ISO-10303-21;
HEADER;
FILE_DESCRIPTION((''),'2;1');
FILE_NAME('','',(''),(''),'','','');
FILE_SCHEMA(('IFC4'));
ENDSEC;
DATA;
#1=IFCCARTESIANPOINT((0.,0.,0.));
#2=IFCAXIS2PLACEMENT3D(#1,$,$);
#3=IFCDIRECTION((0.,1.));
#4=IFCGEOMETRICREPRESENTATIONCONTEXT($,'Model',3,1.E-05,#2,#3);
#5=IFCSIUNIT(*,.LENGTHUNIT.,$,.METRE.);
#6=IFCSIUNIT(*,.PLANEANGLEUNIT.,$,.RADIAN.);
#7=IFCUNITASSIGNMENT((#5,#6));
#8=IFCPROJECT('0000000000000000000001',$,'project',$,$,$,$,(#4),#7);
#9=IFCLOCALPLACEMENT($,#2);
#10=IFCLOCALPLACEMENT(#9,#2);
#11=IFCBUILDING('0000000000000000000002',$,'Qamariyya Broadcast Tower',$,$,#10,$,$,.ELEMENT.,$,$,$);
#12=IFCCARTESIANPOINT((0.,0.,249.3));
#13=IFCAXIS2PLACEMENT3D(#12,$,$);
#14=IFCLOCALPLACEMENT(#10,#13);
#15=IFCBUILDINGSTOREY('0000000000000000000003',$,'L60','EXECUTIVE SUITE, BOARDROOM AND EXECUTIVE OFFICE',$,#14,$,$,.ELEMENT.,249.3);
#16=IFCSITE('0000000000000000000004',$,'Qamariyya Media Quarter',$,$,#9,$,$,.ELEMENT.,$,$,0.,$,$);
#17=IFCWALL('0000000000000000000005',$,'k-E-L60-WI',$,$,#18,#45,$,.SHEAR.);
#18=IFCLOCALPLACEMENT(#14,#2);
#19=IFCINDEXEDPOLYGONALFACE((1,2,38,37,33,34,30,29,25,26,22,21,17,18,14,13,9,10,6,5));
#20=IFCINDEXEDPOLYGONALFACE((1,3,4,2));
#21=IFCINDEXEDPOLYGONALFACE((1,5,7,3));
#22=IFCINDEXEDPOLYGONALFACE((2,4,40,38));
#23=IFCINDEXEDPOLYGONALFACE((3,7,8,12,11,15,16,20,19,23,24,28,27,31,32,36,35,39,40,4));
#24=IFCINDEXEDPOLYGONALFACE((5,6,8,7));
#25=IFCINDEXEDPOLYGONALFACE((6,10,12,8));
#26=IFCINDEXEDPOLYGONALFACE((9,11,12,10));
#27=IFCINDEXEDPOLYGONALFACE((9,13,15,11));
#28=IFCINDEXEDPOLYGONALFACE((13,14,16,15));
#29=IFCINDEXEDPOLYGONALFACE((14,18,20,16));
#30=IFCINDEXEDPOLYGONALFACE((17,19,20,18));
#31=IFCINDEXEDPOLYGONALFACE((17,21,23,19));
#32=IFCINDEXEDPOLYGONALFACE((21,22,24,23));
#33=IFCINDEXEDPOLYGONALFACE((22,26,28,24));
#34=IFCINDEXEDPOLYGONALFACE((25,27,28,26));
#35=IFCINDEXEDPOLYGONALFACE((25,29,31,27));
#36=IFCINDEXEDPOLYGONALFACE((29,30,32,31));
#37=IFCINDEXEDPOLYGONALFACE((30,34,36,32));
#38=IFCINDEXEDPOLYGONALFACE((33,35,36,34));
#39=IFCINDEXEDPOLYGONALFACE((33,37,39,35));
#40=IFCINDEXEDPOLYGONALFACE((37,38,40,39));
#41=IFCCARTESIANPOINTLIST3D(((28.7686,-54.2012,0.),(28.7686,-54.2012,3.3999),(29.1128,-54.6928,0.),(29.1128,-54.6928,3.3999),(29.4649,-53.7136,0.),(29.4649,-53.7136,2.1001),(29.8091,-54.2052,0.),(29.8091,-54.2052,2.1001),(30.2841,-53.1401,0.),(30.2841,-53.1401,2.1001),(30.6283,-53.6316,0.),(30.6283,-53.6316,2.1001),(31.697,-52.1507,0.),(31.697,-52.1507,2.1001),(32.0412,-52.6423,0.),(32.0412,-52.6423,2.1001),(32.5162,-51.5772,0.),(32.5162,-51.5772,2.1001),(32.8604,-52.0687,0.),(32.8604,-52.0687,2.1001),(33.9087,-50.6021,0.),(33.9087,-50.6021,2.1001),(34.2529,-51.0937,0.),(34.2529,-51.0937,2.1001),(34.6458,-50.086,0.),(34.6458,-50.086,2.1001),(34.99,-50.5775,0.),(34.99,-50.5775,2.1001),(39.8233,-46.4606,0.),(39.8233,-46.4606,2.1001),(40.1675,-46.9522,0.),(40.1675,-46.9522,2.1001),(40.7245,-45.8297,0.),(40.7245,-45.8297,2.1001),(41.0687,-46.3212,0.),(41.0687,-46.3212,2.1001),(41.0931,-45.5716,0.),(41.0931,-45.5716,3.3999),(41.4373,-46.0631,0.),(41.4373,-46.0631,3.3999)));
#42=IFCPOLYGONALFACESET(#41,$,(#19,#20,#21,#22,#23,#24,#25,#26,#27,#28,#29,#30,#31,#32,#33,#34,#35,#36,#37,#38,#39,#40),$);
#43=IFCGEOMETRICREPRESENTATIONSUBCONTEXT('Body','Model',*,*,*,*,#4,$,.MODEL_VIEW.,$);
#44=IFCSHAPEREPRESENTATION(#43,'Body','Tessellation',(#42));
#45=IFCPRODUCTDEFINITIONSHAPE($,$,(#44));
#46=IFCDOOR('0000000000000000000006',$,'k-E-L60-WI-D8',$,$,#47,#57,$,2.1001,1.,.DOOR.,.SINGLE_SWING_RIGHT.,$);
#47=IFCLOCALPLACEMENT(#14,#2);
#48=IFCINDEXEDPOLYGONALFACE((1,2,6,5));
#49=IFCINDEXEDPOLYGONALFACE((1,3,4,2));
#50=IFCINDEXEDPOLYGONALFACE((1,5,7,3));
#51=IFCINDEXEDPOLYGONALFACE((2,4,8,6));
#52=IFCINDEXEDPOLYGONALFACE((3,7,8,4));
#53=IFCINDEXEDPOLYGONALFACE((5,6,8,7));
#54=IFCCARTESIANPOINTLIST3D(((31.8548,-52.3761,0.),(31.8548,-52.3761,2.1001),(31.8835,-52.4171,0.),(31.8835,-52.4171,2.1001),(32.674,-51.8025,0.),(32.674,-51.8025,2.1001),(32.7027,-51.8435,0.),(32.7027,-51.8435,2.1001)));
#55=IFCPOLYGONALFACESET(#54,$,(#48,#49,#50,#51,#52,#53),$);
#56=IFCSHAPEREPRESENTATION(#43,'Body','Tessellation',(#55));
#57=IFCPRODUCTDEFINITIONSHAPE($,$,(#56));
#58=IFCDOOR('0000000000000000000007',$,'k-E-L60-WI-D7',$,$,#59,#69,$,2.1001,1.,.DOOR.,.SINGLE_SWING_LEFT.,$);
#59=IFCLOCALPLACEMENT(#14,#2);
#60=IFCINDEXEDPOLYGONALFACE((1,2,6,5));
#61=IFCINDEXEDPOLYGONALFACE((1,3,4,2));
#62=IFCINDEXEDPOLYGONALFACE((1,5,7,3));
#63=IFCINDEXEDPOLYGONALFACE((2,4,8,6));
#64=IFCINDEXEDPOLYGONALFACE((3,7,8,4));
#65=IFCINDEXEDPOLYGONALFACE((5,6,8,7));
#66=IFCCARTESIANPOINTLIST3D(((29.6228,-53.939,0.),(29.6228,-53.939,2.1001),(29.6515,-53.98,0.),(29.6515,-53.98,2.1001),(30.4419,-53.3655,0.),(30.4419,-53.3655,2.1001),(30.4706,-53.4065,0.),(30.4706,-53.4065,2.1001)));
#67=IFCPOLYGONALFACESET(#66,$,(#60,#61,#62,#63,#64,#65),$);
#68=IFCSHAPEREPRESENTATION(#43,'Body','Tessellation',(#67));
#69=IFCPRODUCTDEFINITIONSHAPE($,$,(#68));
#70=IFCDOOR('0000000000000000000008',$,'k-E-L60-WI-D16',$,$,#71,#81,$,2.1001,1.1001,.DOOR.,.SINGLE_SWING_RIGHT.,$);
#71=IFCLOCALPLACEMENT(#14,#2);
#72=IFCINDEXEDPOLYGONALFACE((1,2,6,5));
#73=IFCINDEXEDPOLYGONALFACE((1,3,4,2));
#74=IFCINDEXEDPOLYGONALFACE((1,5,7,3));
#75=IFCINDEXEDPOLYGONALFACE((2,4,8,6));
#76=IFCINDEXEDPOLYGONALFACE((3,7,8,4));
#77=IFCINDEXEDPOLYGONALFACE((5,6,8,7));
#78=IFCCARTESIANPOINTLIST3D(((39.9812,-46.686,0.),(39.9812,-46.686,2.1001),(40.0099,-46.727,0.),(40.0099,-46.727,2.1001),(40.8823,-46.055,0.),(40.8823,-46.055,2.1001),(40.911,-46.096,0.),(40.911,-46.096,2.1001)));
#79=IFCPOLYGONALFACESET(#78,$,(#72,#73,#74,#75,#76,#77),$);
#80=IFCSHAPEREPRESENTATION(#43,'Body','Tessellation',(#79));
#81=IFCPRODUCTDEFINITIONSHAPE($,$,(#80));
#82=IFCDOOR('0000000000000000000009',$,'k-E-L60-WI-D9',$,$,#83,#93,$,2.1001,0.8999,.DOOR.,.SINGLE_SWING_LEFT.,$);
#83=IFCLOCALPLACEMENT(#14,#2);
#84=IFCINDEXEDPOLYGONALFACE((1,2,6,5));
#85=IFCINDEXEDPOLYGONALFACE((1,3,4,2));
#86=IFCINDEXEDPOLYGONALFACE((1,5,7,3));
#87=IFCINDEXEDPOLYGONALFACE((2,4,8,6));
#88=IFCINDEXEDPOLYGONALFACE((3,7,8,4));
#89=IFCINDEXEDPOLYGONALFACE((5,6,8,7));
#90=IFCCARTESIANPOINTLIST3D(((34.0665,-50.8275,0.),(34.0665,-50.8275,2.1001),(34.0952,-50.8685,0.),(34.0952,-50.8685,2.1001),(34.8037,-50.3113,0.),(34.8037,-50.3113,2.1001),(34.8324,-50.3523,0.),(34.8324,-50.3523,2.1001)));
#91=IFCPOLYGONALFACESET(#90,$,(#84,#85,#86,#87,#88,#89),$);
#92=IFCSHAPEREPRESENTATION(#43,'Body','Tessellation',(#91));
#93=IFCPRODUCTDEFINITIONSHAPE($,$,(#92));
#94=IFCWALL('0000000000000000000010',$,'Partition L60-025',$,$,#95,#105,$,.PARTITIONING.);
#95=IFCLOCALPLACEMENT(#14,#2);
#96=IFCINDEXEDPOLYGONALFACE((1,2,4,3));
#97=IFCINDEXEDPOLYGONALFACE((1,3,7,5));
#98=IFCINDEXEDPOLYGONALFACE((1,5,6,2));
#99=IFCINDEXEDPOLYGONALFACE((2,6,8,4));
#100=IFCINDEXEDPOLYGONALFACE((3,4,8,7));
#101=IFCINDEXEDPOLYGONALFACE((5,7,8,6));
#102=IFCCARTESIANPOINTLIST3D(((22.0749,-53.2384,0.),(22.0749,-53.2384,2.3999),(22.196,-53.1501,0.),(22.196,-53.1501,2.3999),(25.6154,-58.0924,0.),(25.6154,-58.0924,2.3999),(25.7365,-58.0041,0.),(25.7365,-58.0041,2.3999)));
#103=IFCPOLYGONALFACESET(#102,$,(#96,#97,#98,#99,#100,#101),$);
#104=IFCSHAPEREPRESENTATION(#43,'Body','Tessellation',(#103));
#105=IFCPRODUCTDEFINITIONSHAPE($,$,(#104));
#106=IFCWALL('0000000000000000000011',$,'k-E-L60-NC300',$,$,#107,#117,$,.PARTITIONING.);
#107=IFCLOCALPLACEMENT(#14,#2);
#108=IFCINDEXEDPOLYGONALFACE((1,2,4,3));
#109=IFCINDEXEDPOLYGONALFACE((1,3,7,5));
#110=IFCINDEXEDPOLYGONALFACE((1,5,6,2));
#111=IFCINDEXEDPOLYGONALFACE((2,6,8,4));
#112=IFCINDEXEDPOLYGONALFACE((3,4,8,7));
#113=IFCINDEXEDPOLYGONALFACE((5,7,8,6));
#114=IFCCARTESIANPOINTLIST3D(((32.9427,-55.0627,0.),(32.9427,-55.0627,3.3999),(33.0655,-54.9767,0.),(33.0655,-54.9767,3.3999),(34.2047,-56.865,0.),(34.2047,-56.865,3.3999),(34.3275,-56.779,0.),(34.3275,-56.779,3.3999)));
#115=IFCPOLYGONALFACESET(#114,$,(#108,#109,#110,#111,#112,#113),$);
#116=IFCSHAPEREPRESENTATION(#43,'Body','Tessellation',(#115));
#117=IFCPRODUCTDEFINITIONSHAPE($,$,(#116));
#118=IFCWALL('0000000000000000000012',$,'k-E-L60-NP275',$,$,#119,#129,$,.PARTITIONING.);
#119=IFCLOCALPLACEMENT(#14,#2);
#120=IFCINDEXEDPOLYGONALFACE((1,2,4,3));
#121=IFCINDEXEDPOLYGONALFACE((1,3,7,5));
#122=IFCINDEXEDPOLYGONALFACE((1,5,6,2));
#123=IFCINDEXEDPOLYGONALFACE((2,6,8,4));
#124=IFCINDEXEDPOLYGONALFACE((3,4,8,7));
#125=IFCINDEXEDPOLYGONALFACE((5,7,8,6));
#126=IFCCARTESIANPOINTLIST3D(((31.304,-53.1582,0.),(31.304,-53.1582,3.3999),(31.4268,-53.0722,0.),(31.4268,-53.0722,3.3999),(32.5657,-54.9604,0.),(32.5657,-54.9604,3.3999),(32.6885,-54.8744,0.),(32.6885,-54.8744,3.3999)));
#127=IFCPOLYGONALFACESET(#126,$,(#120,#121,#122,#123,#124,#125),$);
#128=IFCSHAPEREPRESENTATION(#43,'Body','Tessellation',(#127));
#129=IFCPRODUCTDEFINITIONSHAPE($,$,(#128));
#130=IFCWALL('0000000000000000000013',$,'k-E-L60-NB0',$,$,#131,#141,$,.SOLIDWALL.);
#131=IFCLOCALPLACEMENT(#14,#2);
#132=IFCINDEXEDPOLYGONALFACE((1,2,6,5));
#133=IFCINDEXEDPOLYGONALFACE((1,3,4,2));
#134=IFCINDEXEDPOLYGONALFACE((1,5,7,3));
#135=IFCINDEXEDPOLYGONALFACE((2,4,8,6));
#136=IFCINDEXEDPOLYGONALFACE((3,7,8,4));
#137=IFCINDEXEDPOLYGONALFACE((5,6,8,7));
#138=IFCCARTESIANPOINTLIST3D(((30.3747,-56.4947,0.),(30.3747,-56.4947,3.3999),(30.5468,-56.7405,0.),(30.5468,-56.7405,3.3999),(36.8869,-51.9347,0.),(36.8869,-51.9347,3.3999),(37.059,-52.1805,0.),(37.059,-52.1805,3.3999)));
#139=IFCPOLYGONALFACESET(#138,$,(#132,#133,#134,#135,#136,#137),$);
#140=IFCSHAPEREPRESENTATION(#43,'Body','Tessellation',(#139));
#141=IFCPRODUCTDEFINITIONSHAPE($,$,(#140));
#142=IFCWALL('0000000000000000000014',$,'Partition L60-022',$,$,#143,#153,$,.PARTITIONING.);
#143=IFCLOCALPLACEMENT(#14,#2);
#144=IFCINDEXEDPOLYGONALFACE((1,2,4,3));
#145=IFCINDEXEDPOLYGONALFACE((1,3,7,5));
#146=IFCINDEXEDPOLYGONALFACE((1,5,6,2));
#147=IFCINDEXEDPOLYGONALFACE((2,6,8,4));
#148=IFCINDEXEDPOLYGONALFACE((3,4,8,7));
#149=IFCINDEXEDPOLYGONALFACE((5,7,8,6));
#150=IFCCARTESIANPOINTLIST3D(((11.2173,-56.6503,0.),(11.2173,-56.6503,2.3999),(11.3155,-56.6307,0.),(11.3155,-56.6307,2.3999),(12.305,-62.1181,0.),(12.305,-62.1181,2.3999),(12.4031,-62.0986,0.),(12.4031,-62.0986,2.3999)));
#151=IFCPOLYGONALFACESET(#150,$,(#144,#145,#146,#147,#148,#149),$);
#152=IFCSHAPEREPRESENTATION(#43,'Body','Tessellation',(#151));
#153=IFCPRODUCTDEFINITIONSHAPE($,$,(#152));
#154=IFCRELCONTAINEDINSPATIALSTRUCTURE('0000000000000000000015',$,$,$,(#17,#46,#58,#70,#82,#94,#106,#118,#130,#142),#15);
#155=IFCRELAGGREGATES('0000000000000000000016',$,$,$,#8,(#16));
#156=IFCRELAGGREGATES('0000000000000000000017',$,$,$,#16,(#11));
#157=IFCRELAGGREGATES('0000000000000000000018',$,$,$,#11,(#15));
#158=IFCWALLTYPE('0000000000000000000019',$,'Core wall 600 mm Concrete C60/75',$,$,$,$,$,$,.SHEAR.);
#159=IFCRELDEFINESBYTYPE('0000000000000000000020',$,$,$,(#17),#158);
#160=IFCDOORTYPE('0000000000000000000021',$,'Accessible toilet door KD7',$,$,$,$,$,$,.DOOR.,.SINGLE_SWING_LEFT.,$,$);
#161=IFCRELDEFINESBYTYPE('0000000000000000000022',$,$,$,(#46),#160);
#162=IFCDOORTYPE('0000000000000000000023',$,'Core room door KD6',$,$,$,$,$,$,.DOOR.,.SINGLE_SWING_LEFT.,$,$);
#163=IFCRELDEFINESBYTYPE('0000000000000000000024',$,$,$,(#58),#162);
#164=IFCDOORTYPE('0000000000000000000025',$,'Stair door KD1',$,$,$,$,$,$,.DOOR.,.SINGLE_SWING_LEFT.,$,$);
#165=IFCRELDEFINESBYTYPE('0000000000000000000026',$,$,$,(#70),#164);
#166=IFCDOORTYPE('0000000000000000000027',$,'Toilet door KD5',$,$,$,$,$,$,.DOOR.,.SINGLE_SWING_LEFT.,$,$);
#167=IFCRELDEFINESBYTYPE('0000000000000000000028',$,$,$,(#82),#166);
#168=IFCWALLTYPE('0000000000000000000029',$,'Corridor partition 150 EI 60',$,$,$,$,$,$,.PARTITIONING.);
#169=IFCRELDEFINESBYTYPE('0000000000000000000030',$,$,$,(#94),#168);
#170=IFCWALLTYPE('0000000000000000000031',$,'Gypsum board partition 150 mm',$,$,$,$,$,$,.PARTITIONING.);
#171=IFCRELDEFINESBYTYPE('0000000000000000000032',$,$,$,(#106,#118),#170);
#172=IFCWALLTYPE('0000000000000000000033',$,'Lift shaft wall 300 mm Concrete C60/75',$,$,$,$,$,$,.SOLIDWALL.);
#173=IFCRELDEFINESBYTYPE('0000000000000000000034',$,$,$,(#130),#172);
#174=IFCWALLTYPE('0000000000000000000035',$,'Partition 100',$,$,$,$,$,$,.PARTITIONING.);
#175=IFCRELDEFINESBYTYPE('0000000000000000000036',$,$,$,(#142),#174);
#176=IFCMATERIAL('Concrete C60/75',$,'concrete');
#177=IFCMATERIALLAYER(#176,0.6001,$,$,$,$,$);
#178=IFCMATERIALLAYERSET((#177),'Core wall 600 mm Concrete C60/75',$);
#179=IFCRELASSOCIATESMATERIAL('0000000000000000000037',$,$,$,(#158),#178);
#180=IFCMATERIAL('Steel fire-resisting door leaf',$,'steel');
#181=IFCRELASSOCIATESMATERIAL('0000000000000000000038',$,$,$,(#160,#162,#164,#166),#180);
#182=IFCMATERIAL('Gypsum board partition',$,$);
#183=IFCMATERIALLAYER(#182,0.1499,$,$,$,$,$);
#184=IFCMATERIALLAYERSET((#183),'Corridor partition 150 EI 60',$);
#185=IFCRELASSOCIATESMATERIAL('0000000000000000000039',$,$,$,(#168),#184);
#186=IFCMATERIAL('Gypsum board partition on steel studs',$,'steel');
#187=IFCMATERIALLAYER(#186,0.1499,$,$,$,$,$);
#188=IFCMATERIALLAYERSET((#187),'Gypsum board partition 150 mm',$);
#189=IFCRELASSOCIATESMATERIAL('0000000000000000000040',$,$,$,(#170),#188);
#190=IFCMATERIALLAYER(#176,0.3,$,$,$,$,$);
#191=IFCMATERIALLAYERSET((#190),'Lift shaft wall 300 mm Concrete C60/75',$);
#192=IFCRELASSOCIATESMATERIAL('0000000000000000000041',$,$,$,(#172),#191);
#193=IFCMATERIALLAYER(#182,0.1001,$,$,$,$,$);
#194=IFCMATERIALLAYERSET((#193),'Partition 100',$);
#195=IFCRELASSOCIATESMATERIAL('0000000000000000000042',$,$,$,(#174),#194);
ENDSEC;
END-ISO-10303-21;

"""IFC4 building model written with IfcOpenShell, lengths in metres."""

from ifc_helpers import new_model, si_unit, direction, frame, frame_2d, origin, place, context, subcontext, project, spatial, rectangle, extrude, material, layer, layer_set, type_object, element, fill, save


model = new_model("IFC4")

# Units and contexts
model_context = context("Model", 3, precision=1e-05, world=origin(), true_north=direction((0.0, 1.0)))
body_context = subcontext(model_context, "Body", "Model", "MODEL_VIEW")
ifc_project = project(units=[si_unit("LENGTHUNIT", "METRE"), si_unit("PLANEANGLEUNIT", "RADIAN")], contexts=[model_context])

# Site, building, storey
site_placement = place(None, origin())
site = spatial("IfcSite", under=ifc_project, at=site_placement, Name="Qamariyya Media Quarter", CompositionType="ELEMENT", RefElevation=0.0)
building_placement = place(site_placement, origin())
building = spatial("IfcBuilding", under=site, at=building_placement, Name="Qamariyya Broadcast Tower", CompositionType="ELEMENT")
storey_placement = place(building_placement, frame((0.0, 0.0, 249.3)))
storey = spatial("IfcBuildingStorey", under=building, at=storey_placement, Name="L60", Description="EXECUTIVE SUITE, BOARDROOM AND EXECUTIVE OFFICE", CompositionType="ELEMENT", Elevation=249.3)

# Shared definitions
ifc_material_1 = material(Name="Concrete C60/75", Category="concrete")

# Wall, openings, doors
ifc_layer_1 = layer(ifc_material_1, 0.6001)
ifc_layer_set_1 = layer_set([ifc_layer_1], Name="Core wall 600 mm Concrete C60/75")
wall_type_1 = type_object("IfcWallType", Name="Core wall 600 mm Concrete C60/75", PredefinedType="SHEAR", material=ifc_layer_set_1)
wall_1_placement = place(storey_placement, frame((28.9407, -54.447, 0.0), z_axis=(0.0, 0.0, 1.0), x_axis=(0.819153, 0.573575, 0.0)))
wall_1 = element("IfcWall", 1, at=wall_1_placement, inside=storey, type_object=wall_type_1, Name="k-E-L60-WI", PredefinedType="SHEAR", context=body_context, shape_type="SweptSolid", body=[
    extrude(rectangle(XDim=15.0454, YDim=0.6001, at=frame_2d((7.5227, 0.0))), origin(), (0.0, 0.0, 1.0), 3.3999),
])
opening_1_placement = place(wall_1_placement, frame((0.8501, 0.0, 0.0)))
opening_1 = element("IfcOpeningElement", 2, at=opening_1_placement, cuts=wall_1, PredefinedType="OPENING", context=body_context, shape_type="SweptSolid", body=[
    extrude(rectangle(XDim=1.0, YDim=2.1001, at=frame_2d((0.5, 1.05))), frame((0.0, 0.3101, 0.0), z_axis=(0.0, -1.0, 0.0), x_axis=(1.0, 0.0, 0.0)), (0.0, 0.0, 1.0), 0.6201),
])
opening_2_placement = place(wall_1_placement, frame((3.575, 0.0, 0.0)))
opening_2 = element("IfcOpeningElement", 3, at=opening_2_placement, cuts=wall_1, PredefinedType="OPENING", context=body_context, shape_type="SweptSolid", body=[
    extrude(rectangle(XDim=1.0, YDim=2.1001, at=frame_2d((0.5, 1.05))), frame((0.0, 0.3101, 0.0), z_axis=(0.0, -1.0, 0.0), x_axis=(1.0, 0.0, 0.0)), (0.0, 0.0, 1.0), 0.6201),
])
opening_3_placement = place(wall_1_placement, frame((6.2749, 0.0, 0.0)))
opening_3 = element("IfcOpeningElement", 4, at=opening_3_placement, cuts=wall_1, PredefinedType="OPENING", context=body_context, shape_type="SweptSolid", body=[
    extrude(rectangle(XDim=0.8999, YDim=2.1001, at=frame_2d((0.45, 1.05))), frame((0.0, 0.3101, 0.0), z_axis=(0.0, -1.0, 0.0), x_axis=(1.0, 0.0, 0.0)), (0.0, 0.0, 1.0), 0.6201),
])
opening_4_placement = place(wall_1_placement, frame((13.4954, 0.0, 0.0)))
opening_4 = element("IfcOpeningElement", 5, at=opening_4_placement, cuts=wall_1, PredefinedType="OPENING", context=body_context, shape_type="SweptSolid", body=[
    extrude(rectangle(XDim=1.1001, YDim=2.1001, at=frame_2d((0.55, 1.05))), frame((0.0, 0.3101, 0.0), z_axis=(0.0, -1.0, 0.0), x_axis=(1.0, 0.0, 0.0)), (0.0, 0.0, 1.0), 0.6201),
])
ifc_material_2 = material(Name="Steel fire-resisting door leaf", Category="steel")
door_type_1 = type_object("IfcDoorType", Name="Accessible toilet door KD7", OperationType="SINGLE_SWING_LEFT", PredefinedType="DOOR", material=ifc_material_2)
door_1_placement = place(opening_2_placement, origin())
door_1 = element("IfcDoor", 6, at=door_1_placement, inside=storey, type_object=door_type_1, Name="k-E-L60-WI-D8", OperationType="SINGLE_SWING_RIGHT", OverallHeight=2.1001, OverallWidth=1.0, PredefinedType="DOOR", context=body_context, shape_type="SweptSolid", body=[
    extrude(rectangle(XDim=1.0, YDim=2.1001, at=frame_2d((0.5, 1.05))), frame((0.0, 0.0249, 0.0), z_axis=(0.0, -1.0, 0.0), x_axis=(1.0, 0.0, 0.0)), (0.0, 0.0, 1.0), 0.05),
])
fill(opening_2, door_1)
door_type_2 = type_object("IfcDoorType", Name="Core room door KD6", OperationType="SINGLE_SWING_LEFT", PredefinedType="DOOR", material=ifc_material_2)
door_2_placement = place(opening_1_placement, origin())
door_2 = element("IfcDoor", 7, at=door_2_placement, inside=storey, type_object=door_type_2, Name="k-E-L60-WI-D7", OperationType="SINGLE_SWING_LEFT", OverallHeight=2.1001, OverallWidth=1.0, PredefinedType="DOOR", context=body_context, shape_type="SweptSolid", body=[
    extrude(rectangle(XDim=1.0, YDim=2.1001, at=frame_2d((0.5, 1.05))), frame((0.0, 0.0249, 0.0), z_axis=(0.0, -1.0, 0.0), x_axis=(1.0, 0.0, 0.0)), (0.0, 0.0, 1.0), 0.05),
])
fill(opening_1, door_2)
door_type_3 = type_object("IfcDoorType", Name="Stair door KD1", OperationType="SINGLE_SWING_LEFT", PredefinedType="DOOR", material=ifc_material_2)
door_3_placement = place(opening_4_placement, origin())
door_3 = element("IfcDoor", 8, at=door_3_placement, inside=storey, type_object=door_type_3, Name="k-E-L60-WI-D16", OperationType="SINGLE_SWING_RIGHT", OverallHeight=2.1001, OverallWidth=1.1001, PredefinedType="DOOR", context=body_context, shape_type="SweptSolid", body=[
    extrude(rectangle(XDim=1.1001, YDim=2.1001, at=frame_2d((0.55, 1.05))), frame((0.0, 0.0249, 0.0), z_axis=(0.0, -1.0, 0.0), x_axis=(1.0, 0.0, 0.0)), (0.0, 0.0, 1.0), 0.05),
])
fill(opening_4, door_3)
door_type_4 = type_object("IfcDoorType", Name="Toilet door KD5", OperationType="SINGLE_SWING_LEFT", PredefinedType="DOOR", material=ifc_material_2)
door_4_placement = place(opening_3_placement, origin())
door_4 = element("IfcDoor", 9, at=door_4_placement, inside=storey, type_object=door_type_4, Name="k-E-L60-WI-D9", OperationType="SINGLE_SWING_LEFT", OverallHeight=2.1001, OverallWidth=0.8999, PredefinedType="DOOR", context=body_context, shape_type="SweptSolid", body=[
    extrude(rectangle(XDim=0.8999, YDim=2.1001, at=frame_2d((0.45, 1.05))), frame((0.0, 0.0249, 0.0), z_axis=(0.0, -1.0, 0.0), x_axis=(1.0, 0.0, 0.0)), (0.0, 0.0, 1.0), 0.05),
])
fill(opening_3, door_4)

# Walls
ifc_material_3 = material(Name="Gypsum board partition")
ifc_layer_2 = layer(ifc_material_3, 0.1499)
ifc_layer_set_2 = layer_set([ifc_layer_2], Name="Corridor partition 150 EI 60")
wall_type_2 = type_object("IfcWallType", Name="Corridor partition 150 EI 60", PredefinedType="PARTITIONING", material=ifc_layer_set_2)
wall_2_placement = place(storey_placement, frame((22.1355, -53.1943, 0.0), z_axis=(0.0, 0.0, 1.0), x_axis=(0.589297, -0.807916, 0.0)))
element("IfcWall", 10, at=wall_2_placement, inside=storey, type_object=wall_type_2, Name="Partition L60-025", PredefinedType="PARTITIONING", context=body_context, shape_type="SweptSolid", body=[
    extrude(rectangle(XDim=6.0081, YDim=0.1499, at=frame_2d((3.0039, 0.0))), origin(), (0.0, 0.0, 1.0), 2.3999),
])
ifc_material_4 = material(Name="Gypsum board partition on steel studs", Category="steel")
ifc_layer_3 = layer(ifc_material_4, 0.1499)
ifc_layer_set_3 = layer_set([ifc_layer_3], Name="Gypsum board partition 150 mm")
wall_type_3 = type_object("IfcWallType", Name="Gypsum board partition 150 mm", PredefinedType="PARTITIONING", material=ifc_layer_set_3)
wall_3_placement = place(storey_placement, frame((34.2661, -56.822, 0.0), z_axis=(0.0, 0.0, 1.0), x_axis=(-0.573581, 0.819149, 0.0)))
element("IfcWall", 11, at=wall_3_placement, inside=storey, type_object=wall_type_3, Name="k-E-L60-NC300", PredefinedType="PARTITIONING", context=body_context, shape_type="SweptSolid", body=[
    extrude(rectangle(XDim=2.2002, YDim=0.1499, at=frame_2d((1.1001, 0.0))), origin(), (0.0, 0.0, 1.0), 3.3999),
])
wall_4_placement = place(storey_placement, frame((32.6272, -54.9175, 0.0), z_axis=(0.0, 0.0, 1.0), x_axis=(-0.573507, 0.819201, 0.0)))
element("IfcWall", 12, at=wall_4_placement, inside=storey, type_object=wall_type_3, Name="k-E-L60-NP275", PredefinedType="PARTITIONING", context=body_context, shape_type="SweptSolid", body=[
    extrude(rectangle(XDim=2.2, YDim=0.1499, at=frame_2d((1.1001, 0.0))), origin(), (0.0, 0.0, 1.0), 3.3999),
])
ifc_layer_4 = layer(ifc_material_1, 0.3)
ifc_layer_set_4 = layer_set([ifc_layer_4], Name="Lift shaft wall 300 mm Concrete C60/75")
wall_type_4 = type_object("IfcWallType", Name="Lift shaft wall 300 mm Concrete C60/75", PredefinedType="SOLIDWALL", material=ifc_layer_set_4)
wall_5_placement = place(storey_placement, frame((30.4607, -56.6177, 0.0), z_axis=(0.0, 0.0, 1.0), x_axis=(0.819142, 0.57359, 0.0)))
element("IfcWall", 13, at=wall_5_placement, inside=storey, type_object=wall_type_4, Name="k-E-L60-NB0", PredefinedType="SOLIDWALL", context=body_context, shape_type="SweptSolid", body=[
    extrude(rectangle(XDim=7.95, YDim=0.3, at=frame_2d((3.9751, 0.0))), origin(), (0.0, 0.0, 1.0), 3.3999),
])
ifc_layer_5 = layer(ifc_material_3, 0.1001)
ifc_layer_set_5 = layer_set([ifc_layer_5], Name="Partition 100")
wall_type_5 = type_object("IfcWallType", Name="Partition 100", PredefinedType="PARTITIONING", material=ifc_layer_set_5)
wall_6_placement = place(storey_placement, frame((11.2664, -56.6404, 0.0), z_axis=(0.0, 0.0, 1.0), x_axis=(0.195097, -0.980784, 0.0)))
element("IfcWall", 14, at=wall_6_placement, inside=storey, type_object=wall_type_5, Name="Partition L60-022", PredefinedType="PARTITIONING", context=body_context, shape_type="SweptSolid", body=[
    extrude(rectangle(XDim=5.575, YDim=0.1001, at=frame_2d((2.7876, 0.0))), origin(), (0.0, 0.0, 1.0), 2.3999),
])

save(model, "model.ifc")
